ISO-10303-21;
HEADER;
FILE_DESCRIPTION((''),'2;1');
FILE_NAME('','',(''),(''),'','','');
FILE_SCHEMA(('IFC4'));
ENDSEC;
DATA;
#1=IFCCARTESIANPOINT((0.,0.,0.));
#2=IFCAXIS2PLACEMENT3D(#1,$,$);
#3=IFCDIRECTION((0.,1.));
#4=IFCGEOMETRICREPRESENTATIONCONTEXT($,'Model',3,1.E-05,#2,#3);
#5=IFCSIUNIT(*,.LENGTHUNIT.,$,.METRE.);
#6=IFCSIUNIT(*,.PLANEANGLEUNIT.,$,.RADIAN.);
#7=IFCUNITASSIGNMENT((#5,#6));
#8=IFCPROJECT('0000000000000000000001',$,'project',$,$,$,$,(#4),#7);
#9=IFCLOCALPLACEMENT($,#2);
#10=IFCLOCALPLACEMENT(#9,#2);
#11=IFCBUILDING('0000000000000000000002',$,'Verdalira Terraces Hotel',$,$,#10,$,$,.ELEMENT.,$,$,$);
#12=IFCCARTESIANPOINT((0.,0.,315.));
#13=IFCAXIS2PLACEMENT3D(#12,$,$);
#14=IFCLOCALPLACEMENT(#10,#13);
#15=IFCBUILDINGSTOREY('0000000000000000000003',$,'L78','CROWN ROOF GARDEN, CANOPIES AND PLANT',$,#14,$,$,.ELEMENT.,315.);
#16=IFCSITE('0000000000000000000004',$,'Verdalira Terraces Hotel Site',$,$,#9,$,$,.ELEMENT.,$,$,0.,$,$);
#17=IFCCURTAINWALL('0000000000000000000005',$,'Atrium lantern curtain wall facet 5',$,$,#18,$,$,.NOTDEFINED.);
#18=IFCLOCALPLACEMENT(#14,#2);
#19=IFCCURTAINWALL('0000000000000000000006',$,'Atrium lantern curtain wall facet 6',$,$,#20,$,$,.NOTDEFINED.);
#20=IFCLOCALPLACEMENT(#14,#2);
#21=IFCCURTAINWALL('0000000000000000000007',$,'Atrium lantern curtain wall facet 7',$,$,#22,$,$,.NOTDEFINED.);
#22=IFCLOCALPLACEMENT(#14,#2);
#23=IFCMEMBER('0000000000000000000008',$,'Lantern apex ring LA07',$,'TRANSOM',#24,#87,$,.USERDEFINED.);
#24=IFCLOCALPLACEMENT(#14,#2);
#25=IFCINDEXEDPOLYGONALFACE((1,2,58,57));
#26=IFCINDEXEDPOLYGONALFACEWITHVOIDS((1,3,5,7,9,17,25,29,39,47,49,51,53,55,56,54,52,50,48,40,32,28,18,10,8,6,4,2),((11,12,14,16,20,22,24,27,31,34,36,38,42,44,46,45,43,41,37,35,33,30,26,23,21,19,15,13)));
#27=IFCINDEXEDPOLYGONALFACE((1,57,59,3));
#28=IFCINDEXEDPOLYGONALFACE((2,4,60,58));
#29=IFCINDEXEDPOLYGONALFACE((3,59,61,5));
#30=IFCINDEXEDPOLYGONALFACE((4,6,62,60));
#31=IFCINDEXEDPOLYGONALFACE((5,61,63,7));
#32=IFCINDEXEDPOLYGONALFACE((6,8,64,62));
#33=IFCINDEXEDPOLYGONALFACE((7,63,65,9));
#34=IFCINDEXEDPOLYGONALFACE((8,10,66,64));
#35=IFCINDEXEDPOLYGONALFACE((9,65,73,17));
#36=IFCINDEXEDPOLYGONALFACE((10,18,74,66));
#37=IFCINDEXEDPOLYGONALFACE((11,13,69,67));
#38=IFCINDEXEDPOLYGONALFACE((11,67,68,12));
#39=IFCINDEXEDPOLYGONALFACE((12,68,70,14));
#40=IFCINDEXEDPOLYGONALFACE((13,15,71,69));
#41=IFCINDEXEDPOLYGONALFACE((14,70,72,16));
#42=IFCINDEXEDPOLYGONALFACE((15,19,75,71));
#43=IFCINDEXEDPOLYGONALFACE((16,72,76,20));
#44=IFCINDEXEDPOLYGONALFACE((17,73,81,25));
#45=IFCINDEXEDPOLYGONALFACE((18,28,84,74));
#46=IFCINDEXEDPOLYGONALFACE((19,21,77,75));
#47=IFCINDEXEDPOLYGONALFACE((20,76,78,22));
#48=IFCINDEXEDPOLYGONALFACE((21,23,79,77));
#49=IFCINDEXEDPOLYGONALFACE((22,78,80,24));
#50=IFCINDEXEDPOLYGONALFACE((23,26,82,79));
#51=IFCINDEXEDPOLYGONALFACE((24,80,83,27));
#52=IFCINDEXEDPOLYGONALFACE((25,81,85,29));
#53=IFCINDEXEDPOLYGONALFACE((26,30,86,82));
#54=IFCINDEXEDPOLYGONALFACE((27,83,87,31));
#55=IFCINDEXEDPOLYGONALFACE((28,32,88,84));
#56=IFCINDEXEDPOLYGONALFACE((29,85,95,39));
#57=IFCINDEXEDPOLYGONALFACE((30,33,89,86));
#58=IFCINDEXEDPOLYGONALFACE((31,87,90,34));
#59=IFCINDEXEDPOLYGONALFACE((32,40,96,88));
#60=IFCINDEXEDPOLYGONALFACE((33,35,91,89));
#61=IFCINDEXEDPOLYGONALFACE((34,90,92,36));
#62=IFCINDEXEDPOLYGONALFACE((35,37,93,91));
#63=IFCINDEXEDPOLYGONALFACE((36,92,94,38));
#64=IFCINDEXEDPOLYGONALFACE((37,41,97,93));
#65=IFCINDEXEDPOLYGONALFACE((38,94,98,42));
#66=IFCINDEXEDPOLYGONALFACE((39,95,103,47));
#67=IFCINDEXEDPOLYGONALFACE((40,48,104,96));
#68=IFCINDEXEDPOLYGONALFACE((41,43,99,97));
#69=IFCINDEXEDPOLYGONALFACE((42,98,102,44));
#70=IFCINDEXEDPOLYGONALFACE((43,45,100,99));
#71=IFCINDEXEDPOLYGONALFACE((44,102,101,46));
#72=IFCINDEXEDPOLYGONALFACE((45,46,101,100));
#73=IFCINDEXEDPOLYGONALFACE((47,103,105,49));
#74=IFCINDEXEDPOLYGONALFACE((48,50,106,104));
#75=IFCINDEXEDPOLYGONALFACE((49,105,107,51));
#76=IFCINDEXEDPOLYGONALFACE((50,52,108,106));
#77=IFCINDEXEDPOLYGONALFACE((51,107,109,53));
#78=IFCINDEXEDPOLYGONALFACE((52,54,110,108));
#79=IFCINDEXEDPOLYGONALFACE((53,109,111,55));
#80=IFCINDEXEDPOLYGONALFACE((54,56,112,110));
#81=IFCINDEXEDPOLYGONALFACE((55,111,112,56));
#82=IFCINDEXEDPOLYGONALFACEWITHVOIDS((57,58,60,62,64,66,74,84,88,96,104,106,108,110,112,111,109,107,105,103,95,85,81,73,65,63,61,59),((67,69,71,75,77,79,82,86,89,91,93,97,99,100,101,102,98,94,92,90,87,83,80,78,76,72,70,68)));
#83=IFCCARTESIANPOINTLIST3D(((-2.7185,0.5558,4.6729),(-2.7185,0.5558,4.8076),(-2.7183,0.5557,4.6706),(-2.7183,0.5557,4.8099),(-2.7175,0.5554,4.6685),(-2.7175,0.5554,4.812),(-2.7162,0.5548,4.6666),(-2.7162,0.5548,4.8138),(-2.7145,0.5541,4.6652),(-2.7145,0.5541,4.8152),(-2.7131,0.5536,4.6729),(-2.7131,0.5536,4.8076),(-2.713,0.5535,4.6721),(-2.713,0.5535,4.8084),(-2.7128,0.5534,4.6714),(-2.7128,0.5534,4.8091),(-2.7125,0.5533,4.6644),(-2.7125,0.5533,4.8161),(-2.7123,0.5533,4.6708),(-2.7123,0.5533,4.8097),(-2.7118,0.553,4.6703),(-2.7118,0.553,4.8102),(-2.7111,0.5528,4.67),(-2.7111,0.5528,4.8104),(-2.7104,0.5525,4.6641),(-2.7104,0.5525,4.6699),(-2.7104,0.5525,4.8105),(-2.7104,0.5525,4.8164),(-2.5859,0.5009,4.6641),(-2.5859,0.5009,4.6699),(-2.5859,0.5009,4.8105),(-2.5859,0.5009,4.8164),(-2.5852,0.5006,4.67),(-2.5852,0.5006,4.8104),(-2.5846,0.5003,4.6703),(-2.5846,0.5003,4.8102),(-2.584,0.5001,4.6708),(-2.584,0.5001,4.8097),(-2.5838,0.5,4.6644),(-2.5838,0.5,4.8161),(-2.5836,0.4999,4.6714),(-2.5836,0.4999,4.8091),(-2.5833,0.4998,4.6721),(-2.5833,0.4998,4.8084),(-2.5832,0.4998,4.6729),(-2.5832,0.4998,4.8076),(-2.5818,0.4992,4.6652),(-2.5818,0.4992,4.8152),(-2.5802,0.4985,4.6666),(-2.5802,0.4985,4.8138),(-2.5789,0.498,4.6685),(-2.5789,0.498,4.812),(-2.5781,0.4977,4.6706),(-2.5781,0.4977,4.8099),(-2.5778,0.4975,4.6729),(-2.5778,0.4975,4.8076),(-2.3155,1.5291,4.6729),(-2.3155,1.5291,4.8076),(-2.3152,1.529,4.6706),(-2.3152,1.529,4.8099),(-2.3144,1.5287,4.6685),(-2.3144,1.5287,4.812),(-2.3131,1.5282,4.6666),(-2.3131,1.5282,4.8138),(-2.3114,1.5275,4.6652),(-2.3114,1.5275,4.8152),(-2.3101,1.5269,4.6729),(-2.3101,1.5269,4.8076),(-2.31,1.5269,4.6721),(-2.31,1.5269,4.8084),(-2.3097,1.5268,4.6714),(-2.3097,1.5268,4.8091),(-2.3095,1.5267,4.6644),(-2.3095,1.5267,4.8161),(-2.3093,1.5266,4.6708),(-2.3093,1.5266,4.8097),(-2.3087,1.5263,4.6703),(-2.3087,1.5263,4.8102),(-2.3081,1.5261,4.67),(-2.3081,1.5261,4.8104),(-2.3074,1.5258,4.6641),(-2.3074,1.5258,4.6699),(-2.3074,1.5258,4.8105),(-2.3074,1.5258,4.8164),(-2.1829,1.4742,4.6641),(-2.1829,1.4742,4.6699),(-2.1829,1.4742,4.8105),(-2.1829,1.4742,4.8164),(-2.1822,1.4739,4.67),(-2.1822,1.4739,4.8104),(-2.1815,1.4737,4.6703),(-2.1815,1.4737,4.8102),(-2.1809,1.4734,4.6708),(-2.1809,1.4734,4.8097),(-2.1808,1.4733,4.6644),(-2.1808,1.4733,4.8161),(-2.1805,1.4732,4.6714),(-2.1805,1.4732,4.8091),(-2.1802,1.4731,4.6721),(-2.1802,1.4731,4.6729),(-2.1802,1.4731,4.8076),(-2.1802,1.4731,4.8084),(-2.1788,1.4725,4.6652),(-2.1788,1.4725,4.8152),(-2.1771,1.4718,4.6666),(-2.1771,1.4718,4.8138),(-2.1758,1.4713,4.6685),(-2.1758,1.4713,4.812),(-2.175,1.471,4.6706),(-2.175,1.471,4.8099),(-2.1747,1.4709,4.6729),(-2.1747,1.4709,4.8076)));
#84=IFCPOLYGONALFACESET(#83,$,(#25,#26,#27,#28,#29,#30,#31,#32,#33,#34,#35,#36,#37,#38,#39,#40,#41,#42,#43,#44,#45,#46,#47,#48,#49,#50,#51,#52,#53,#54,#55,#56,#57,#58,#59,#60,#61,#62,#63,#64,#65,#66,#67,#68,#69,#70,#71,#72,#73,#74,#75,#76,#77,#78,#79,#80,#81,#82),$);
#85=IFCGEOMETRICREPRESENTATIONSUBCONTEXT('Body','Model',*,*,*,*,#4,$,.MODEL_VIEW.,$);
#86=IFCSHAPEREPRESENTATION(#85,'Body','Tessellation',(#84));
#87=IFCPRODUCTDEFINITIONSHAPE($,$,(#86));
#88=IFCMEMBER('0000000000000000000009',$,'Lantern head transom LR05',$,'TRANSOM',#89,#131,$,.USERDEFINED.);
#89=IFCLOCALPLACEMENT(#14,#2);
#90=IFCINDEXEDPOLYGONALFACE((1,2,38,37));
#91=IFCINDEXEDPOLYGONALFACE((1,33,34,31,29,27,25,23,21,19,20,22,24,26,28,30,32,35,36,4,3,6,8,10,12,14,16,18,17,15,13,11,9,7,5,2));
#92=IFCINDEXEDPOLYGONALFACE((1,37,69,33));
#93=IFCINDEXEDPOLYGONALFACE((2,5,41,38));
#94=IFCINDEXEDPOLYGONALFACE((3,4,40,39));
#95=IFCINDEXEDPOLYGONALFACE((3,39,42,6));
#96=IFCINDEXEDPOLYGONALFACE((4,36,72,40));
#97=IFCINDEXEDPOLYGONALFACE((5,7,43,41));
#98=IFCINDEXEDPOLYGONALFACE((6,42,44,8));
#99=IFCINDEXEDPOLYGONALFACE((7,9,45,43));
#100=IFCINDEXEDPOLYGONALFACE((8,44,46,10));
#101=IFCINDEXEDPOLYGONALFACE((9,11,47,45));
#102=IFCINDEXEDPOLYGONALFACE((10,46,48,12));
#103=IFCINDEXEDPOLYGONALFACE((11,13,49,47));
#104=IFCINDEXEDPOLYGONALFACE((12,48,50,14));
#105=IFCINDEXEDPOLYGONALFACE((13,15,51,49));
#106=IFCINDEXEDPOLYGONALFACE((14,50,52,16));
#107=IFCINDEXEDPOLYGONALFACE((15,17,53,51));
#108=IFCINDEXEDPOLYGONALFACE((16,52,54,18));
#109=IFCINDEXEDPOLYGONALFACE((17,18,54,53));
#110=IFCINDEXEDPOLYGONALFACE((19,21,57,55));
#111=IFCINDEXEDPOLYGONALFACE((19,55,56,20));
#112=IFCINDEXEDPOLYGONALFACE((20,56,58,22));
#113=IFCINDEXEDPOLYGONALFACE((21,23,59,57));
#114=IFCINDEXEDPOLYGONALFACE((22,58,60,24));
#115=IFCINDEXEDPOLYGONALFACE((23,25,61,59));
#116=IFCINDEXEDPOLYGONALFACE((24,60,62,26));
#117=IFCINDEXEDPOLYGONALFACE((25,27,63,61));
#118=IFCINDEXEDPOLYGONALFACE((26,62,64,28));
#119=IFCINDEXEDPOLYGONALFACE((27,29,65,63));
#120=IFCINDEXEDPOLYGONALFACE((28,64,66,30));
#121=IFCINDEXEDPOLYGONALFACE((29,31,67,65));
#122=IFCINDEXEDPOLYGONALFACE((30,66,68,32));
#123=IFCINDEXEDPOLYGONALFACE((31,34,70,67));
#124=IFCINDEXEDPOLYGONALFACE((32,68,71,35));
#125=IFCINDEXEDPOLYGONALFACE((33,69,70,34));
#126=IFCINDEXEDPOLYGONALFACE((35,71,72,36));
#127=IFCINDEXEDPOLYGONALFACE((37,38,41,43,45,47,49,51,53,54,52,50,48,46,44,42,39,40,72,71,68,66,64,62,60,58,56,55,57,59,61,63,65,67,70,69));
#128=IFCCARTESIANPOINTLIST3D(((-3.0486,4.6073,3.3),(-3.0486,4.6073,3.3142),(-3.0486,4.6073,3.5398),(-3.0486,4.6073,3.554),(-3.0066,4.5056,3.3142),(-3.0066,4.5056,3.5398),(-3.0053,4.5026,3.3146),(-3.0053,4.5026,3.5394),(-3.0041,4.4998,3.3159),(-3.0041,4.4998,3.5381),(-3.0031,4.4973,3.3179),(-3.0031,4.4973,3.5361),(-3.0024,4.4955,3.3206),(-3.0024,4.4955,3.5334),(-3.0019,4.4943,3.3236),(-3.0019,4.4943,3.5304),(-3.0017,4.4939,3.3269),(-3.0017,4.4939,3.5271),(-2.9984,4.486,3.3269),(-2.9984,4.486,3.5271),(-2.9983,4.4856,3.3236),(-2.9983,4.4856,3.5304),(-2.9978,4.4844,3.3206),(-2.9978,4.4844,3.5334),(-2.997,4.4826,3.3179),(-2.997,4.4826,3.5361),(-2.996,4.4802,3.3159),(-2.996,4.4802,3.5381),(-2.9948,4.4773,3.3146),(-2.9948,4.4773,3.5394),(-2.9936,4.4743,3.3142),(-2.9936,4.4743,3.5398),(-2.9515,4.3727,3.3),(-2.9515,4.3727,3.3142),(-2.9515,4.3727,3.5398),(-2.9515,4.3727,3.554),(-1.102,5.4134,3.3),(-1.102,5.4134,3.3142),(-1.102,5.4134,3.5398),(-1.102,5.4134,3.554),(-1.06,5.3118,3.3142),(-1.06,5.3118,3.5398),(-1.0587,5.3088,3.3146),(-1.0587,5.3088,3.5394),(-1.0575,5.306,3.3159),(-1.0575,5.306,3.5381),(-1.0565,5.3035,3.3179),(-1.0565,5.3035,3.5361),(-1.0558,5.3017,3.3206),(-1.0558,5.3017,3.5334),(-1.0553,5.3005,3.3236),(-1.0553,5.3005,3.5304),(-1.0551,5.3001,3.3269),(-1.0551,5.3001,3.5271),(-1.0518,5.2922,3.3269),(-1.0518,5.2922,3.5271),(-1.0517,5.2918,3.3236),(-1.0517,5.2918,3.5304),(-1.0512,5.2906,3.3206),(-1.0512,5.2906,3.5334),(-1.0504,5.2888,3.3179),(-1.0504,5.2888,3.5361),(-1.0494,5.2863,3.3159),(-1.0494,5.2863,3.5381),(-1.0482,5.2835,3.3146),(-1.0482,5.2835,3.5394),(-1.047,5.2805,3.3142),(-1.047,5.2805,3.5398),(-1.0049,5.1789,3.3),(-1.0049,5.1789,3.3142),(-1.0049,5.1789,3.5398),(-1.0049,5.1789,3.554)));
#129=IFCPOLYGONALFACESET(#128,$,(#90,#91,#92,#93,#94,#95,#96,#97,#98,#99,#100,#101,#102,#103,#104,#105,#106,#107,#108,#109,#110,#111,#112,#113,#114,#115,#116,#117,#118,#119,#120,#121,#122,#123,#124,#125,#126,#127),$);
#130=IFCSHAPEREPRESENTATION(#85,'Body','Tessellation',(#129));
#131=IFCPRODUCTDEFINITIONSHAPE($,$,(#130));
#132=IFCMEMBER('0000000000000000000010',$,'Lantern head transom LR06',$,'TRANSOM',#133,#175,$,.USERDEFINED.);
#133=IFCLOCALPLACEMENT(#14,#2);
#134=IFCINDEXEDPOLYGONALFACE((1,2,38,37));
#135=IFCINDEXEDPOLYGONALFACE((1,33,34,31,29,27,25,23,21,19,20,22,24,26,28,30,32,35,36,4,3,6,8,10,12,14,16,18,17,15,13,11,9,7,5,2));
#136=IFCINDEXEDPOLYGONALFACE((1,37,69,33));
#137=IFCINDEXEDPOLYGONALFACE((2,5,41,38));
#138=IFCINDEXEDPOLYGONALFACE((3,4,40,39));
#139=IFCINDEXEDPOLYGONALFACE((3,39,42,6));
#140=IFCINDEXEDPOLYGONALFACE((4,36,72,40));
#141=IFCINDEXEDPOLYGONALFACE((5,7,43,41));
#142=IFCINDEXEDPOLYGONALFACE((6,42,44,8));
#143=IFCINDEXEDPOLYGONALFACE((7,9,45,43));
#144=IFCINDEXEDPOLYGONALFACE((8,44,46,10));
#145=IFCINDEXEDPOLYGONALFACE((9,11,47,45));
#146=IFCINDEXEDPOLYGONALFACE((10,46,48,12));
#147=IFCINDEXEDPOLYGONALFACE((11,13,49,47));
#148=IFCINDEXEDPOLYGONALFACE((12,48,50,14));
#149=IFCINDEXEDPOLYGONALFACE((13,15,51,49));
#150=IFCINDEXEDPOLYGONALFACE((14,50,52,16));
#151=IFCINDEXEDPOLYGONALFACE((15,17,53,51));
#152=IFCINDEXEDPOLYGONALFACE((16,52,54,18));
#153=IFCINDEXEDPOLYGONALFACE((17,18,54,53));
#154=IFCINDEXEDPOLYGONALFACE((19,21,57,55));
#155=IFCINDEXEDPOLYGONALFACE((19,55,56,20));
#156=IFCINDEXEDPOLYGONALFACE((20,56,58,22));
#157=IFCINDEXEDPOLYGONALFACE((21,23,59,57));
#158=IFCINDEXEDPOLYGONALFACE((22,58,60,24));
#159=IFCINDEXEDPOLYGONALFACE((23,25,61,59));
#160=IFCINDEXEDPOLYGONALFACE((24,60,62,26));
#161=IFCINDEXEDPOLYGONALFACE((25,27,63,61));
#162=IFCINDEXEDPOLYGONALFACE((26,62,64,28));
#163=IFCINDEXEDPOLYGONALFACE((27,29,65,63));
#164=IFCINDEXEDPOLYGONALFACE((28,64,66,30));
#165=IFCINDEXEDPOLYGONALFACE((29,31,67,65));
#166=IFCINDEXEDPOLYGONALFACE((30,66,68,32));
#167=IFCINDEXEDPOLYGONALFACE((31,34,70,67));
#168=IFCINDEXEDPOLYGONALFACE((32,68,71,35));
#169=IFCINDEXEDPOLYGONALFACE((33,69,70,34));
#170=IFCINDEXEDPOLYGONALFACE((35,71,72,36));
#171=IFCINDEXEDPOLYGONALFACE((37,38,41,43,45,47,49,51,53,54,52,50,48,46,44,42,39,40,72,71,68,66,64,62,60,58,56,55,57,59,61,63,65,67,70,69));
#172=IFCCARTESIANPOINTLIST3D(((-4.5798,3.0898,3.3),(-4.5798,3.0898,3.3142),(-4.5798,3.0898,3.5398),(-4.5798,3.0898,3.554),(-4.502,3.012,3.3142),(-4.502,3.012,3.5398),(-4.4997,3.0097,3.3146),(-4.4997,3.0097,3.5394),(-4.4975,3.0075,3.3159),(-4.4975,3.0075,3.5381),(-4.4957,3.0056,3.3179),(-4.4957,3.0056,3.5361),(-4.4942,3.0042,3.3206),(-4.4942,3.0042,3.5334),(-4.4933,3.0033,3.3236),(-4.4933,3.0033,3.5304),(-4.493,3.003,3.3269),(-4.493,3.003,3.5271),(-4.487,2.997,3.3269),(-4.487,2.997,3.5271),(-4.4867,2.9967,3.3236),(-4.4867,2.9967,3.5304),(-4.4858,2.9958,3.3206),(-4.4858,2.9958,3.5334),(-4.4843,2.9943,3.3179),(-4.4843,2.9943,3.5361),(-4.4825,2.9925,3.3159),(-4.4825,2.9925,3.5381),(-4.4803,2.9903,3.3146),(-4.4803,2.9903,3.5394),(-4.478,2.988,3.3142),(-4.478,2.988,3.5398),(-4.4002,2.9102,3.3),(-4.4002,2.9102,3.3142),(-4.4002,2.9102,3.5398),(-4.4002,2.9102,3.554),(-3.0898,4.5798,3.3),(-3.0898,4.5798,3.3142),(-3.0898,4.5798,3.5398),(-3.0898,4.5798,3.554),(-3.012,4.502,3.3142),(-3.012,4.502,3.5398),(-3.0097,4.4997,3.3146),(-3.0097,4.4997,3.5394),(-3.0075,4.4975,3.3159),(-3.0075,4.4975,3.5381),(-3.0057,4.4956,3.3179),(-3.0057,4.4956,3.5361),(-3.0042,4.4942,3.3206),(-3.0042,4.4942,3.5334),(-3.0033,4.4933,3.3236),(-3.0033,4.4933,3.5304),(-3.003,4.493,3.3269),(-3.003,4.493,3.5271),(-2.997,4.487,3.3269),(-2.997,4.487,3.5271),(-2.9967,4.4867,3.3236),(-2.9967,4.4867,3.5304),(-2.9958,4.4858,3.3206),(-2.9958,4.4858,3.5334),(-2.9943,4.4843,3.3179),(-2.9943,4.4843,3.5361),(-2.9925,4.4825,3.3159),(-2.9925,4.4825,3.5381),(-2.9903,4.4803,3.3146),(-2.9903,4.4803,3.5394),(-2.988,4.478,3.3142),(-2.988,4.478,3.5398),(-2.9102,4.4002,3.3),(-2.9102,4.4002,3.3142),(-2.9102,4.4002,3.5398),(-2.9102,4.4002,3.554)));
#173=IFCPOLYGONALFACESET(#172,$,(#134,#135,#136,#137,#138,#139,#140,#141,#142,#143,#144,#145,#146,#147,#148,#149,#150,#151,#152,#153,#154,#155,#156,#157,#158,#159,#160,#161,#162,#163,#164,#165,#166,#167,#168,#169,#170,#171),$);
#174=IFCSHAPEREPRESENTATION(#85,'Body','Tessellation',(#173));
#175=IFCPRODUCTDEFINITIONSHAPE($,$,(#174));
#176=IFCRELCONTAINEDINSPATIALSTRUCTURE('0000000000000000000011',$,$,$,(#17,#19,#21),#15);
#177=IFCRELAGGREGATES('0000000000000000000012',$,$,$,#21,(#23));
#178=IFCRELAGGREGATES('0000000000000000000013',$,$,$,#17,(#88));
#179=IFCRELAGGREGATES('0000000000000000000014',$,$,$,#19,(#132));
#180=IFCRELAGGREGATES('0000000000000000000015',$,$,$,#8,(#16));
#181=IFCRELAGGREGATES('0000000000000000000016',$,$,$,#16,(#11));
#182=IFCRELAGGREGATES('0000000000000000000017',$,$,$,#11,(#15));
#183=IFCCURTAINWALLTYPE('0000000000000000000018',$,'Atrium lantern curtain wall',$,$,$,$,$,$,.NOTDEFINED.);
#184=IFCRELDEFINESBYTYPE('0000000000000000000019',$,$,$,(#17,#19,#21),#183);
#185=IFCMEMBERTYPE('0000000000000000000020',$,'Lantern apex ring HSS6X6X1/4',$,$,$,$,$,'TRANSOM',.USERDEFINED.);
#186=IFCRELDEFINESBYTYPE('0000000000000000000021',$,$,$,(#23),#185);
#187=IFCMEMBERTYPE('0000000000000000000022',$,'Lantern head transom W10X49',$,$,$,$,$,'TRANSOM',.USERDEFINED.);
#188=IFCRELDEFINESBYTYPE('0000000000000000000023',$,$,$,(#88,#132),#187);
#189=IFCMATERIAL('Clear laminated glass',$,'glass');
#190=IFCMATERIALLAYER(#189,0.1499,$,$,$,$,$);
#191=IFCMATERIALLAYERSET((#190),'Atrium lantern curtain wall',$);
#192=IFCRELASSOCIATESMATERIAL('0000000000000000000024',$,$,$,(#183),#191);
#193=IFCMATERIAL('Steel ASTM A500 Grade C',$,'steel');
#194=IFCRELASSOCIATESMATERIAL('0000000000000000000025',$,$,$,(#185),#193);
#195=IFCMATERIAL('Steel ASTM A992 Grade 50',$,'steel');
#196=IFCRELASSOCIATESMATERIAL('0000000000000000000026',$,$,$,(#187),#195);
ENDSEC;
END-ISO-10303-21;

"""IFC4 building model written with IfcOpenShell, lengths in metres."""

from ifc_helpers import new_model, si_unit, direction, frame, origin, origin_2d, place, context, subcontext, project, spatial, hollow_rectangle, i_section, extrude, material, layer, layer_set, material_profile, profile_set, type_object, element, aggregate, save


model = new_model("IFC4")

# Units and contexts
model_context = context("Model", 3, precision=1e-05, world=origin(), true_north=direction((0.0, 1.0)))
body_context = subcontext(model_context, "Body", "Model", "MODEL_VIEW")
ifc_project = project(units=[si_unit("LENGTHUNIT", "METRE"), si_unit("PLANEANGLEUNIT", "RADIAN")], contexts=[model_context])

# Site, building, storey
site_placement = place(None, origin())
site = spatial("IfcSite", under=ifc_project, at=site_placement, Name="Verdalira Terraces Hotel Site", CompositionType="ELEMENT", RefElevation=0.0)
building_placement = place(site_placement, origin())
building = spatial("IfcBuilding", under=site, at=building_placement, Name="Verdalira Terraces Hotel", CompositionType="ELEMENT")
storey_placement = place(building_placement, frame((0.0, 0.0, 315.0)))
storey = spatial("IfcBuildingStorey", under=building, at=storey_placement, Name="L78", Description="CROWN ROOF GARDEN, CANOPIES AND PLANT", CompositionType="ELEMENT", Elevation=315.0)

# Curtain walls, member
ifc_material_1 = material(Name="Clear laminated glass", Category="glass")
ifc_layer_1 = layer(ifc_material_1, 0.1499)
ifc_layer_set_1 = layer_set([ifc_layer_1], Name="Atrium lantern curtain wall")
curtain_wall_type = type_object("IfcCurtainWallType", Name="Atrium lantern curtain wall", PredefinedType="NOTDEFINED", material=ifc_layer_set_1)
curtain_wall_1_placement = place(storey_placement, origin())
curtain_wall_1 = element("IfcCurtainWall", 1, at=curtain_wall_1_placement, inside=storey, type_object=curtain_wall_type, Name="Atrium lantern curtain wall facet 5", PredefinedType="NOTDEFINED")
ifc_material_2 = material(Name="Steel ASTM A500 Grade C", Category="steel")
ifc_material_profile_1 = material_profile(ifc_material_2, hollow_rectangle(XDim=0.1523, YDim=0.1523, WallThickness=0.0059, InnerFilletRadius=0.0029, OuterFilletRadius=0.0088, at=origin_2d()), Name="HSS6X6X1/4")
ifc_profile_set_1 = profile_set([ifc_material_profile_1], Name="Steel ASTM A500 Grade C")
member_type_1 = type_object("IfcMemberType", Name="Lantern apex ring HSS6X6X1/4", ElementType="TRANSOM", PredefinedType="USERDEFINED", material=ifc_profile_set_1)
curtain_wall_2_placement = place(storey_placement, origin())
curtain_wall_2 = element("IfcCurtainWall", 2, at=curtain_wall_2_placement, inside=storey, type_object=curtain_wall_type, Name="Atrium lantern curtain wall facet 6", PredefinedType="NOTDEFINED")
curtain_wall_3_placement = place(storey_placement, origin())
curtain_wall_3 = element("IfcCurtainWall", 3, at=curtain_wall_3_placement, inside=storey, type_object=curtain_wall_type, Name="Atrium lantern curtain wall facet 7", PredefinedType="NOTDEFINED")
member_1_placement = place(storey_placement, frame((-2.2451, 1.5, 4.7402), z_axis=(-0.382591, -0.923918, 0.0), x_axis=(0.923918, -0.382591, 0.0)))
member_1 = element("IfcMember", 4, at=member_1_placement, type_object=member_type_1, Name="Lantern apex ring LA07", ObjectType="TRANSOM", PredefinedType="USERDEFINED", context=body_context, shape_type="SweptSolid", body=[
    extrude(hollow_rectangle(XDim=0.1523, YDim=0.1523, WallThickness=0.0059, InnerFilletRadius=0.0029, OuterFilletRadius=0.0088, at=origin_2d()), origin(), (0.0, 0.0, 1.0), 1.0535),
])

# Members
ifc_material_3 = material(Name="Steel ASTM A992 Grade 50", Category="steel")
ifc_material_profile_2 = material_profile(ifc_material_3, i_section(OverallWidth=0.2539, OverallDepth=0.2539, WebThickness=0.0085, FlangeThickness=0.0142, FilletRadius=0.0127, at=origin_2d()), Name="W10X49")
ifc_profile_set_2 = profile_set([ifc_material_profile_2], Name="Steel ASTM A992 Grade 50")
member_type_2 = type_object("IfcMemberType", Name="Lantern head transom W10X49", ElementType="TRANSOM", PredefinedType="USERDEFINED", material=ifc_profile_set_2)
member_2_placement = place(storey_placement, frame((-1.0535, 5.2961, 3.427), z_axis=(-0.923901, -0.382632, 0.0), x_axis=(0.382632, -0.923901, 0.0)))
member_2 = element("IfcMember", 5, at=member_2_placement, type_object=member_type_2, Name="Lantern head transom LR05", ObjectType="TRANSOM", PredefinedType="USERDEFINED", context=body_context, shape_type="SweptSolid", body=[
    extrude(i_section(OverallWidth=0.2539, OverallDepth=0.2539, WebThickness=0.0085, FlangeThickness=0.0142, FilletRadius=0.0127, at=origin_2d()), origin(), (0.0, 0.0, 1.0), 2.1069),
])
member_3_placement = place(storey_placement, frame((-3.0, 4.49, 3.427), z_axis=(-0.707107, -0.707107, 0.0), x_axis=(0.707107, -0.707107, 0.0)))
member_3 = element("IfcMember", 6, at=member_3_placement, type_object=member_type_2, Name="Lantern head transom LR06", ObjectType="TRANSOM", PredefinedType="USERDEFINED", context=body_context, shape_type="SweptSolid", body=[
    extrude(i_section(OverallWidth=0.2539, OverallDepth=0.2539, WebThickness=0.0085, FlangeThickness=0.0142, FilletRadius=0.0127, at=origin_2d()), origin(), (0.0, 0.0, 1.0), 2.1072),
])
aggregate(curtain_wall_3, [member_1])

aggregate(curtain_wall_1, [member_2])
aggregate(curtain_wall_2, [member_3])

save(model, "model.ifc")
